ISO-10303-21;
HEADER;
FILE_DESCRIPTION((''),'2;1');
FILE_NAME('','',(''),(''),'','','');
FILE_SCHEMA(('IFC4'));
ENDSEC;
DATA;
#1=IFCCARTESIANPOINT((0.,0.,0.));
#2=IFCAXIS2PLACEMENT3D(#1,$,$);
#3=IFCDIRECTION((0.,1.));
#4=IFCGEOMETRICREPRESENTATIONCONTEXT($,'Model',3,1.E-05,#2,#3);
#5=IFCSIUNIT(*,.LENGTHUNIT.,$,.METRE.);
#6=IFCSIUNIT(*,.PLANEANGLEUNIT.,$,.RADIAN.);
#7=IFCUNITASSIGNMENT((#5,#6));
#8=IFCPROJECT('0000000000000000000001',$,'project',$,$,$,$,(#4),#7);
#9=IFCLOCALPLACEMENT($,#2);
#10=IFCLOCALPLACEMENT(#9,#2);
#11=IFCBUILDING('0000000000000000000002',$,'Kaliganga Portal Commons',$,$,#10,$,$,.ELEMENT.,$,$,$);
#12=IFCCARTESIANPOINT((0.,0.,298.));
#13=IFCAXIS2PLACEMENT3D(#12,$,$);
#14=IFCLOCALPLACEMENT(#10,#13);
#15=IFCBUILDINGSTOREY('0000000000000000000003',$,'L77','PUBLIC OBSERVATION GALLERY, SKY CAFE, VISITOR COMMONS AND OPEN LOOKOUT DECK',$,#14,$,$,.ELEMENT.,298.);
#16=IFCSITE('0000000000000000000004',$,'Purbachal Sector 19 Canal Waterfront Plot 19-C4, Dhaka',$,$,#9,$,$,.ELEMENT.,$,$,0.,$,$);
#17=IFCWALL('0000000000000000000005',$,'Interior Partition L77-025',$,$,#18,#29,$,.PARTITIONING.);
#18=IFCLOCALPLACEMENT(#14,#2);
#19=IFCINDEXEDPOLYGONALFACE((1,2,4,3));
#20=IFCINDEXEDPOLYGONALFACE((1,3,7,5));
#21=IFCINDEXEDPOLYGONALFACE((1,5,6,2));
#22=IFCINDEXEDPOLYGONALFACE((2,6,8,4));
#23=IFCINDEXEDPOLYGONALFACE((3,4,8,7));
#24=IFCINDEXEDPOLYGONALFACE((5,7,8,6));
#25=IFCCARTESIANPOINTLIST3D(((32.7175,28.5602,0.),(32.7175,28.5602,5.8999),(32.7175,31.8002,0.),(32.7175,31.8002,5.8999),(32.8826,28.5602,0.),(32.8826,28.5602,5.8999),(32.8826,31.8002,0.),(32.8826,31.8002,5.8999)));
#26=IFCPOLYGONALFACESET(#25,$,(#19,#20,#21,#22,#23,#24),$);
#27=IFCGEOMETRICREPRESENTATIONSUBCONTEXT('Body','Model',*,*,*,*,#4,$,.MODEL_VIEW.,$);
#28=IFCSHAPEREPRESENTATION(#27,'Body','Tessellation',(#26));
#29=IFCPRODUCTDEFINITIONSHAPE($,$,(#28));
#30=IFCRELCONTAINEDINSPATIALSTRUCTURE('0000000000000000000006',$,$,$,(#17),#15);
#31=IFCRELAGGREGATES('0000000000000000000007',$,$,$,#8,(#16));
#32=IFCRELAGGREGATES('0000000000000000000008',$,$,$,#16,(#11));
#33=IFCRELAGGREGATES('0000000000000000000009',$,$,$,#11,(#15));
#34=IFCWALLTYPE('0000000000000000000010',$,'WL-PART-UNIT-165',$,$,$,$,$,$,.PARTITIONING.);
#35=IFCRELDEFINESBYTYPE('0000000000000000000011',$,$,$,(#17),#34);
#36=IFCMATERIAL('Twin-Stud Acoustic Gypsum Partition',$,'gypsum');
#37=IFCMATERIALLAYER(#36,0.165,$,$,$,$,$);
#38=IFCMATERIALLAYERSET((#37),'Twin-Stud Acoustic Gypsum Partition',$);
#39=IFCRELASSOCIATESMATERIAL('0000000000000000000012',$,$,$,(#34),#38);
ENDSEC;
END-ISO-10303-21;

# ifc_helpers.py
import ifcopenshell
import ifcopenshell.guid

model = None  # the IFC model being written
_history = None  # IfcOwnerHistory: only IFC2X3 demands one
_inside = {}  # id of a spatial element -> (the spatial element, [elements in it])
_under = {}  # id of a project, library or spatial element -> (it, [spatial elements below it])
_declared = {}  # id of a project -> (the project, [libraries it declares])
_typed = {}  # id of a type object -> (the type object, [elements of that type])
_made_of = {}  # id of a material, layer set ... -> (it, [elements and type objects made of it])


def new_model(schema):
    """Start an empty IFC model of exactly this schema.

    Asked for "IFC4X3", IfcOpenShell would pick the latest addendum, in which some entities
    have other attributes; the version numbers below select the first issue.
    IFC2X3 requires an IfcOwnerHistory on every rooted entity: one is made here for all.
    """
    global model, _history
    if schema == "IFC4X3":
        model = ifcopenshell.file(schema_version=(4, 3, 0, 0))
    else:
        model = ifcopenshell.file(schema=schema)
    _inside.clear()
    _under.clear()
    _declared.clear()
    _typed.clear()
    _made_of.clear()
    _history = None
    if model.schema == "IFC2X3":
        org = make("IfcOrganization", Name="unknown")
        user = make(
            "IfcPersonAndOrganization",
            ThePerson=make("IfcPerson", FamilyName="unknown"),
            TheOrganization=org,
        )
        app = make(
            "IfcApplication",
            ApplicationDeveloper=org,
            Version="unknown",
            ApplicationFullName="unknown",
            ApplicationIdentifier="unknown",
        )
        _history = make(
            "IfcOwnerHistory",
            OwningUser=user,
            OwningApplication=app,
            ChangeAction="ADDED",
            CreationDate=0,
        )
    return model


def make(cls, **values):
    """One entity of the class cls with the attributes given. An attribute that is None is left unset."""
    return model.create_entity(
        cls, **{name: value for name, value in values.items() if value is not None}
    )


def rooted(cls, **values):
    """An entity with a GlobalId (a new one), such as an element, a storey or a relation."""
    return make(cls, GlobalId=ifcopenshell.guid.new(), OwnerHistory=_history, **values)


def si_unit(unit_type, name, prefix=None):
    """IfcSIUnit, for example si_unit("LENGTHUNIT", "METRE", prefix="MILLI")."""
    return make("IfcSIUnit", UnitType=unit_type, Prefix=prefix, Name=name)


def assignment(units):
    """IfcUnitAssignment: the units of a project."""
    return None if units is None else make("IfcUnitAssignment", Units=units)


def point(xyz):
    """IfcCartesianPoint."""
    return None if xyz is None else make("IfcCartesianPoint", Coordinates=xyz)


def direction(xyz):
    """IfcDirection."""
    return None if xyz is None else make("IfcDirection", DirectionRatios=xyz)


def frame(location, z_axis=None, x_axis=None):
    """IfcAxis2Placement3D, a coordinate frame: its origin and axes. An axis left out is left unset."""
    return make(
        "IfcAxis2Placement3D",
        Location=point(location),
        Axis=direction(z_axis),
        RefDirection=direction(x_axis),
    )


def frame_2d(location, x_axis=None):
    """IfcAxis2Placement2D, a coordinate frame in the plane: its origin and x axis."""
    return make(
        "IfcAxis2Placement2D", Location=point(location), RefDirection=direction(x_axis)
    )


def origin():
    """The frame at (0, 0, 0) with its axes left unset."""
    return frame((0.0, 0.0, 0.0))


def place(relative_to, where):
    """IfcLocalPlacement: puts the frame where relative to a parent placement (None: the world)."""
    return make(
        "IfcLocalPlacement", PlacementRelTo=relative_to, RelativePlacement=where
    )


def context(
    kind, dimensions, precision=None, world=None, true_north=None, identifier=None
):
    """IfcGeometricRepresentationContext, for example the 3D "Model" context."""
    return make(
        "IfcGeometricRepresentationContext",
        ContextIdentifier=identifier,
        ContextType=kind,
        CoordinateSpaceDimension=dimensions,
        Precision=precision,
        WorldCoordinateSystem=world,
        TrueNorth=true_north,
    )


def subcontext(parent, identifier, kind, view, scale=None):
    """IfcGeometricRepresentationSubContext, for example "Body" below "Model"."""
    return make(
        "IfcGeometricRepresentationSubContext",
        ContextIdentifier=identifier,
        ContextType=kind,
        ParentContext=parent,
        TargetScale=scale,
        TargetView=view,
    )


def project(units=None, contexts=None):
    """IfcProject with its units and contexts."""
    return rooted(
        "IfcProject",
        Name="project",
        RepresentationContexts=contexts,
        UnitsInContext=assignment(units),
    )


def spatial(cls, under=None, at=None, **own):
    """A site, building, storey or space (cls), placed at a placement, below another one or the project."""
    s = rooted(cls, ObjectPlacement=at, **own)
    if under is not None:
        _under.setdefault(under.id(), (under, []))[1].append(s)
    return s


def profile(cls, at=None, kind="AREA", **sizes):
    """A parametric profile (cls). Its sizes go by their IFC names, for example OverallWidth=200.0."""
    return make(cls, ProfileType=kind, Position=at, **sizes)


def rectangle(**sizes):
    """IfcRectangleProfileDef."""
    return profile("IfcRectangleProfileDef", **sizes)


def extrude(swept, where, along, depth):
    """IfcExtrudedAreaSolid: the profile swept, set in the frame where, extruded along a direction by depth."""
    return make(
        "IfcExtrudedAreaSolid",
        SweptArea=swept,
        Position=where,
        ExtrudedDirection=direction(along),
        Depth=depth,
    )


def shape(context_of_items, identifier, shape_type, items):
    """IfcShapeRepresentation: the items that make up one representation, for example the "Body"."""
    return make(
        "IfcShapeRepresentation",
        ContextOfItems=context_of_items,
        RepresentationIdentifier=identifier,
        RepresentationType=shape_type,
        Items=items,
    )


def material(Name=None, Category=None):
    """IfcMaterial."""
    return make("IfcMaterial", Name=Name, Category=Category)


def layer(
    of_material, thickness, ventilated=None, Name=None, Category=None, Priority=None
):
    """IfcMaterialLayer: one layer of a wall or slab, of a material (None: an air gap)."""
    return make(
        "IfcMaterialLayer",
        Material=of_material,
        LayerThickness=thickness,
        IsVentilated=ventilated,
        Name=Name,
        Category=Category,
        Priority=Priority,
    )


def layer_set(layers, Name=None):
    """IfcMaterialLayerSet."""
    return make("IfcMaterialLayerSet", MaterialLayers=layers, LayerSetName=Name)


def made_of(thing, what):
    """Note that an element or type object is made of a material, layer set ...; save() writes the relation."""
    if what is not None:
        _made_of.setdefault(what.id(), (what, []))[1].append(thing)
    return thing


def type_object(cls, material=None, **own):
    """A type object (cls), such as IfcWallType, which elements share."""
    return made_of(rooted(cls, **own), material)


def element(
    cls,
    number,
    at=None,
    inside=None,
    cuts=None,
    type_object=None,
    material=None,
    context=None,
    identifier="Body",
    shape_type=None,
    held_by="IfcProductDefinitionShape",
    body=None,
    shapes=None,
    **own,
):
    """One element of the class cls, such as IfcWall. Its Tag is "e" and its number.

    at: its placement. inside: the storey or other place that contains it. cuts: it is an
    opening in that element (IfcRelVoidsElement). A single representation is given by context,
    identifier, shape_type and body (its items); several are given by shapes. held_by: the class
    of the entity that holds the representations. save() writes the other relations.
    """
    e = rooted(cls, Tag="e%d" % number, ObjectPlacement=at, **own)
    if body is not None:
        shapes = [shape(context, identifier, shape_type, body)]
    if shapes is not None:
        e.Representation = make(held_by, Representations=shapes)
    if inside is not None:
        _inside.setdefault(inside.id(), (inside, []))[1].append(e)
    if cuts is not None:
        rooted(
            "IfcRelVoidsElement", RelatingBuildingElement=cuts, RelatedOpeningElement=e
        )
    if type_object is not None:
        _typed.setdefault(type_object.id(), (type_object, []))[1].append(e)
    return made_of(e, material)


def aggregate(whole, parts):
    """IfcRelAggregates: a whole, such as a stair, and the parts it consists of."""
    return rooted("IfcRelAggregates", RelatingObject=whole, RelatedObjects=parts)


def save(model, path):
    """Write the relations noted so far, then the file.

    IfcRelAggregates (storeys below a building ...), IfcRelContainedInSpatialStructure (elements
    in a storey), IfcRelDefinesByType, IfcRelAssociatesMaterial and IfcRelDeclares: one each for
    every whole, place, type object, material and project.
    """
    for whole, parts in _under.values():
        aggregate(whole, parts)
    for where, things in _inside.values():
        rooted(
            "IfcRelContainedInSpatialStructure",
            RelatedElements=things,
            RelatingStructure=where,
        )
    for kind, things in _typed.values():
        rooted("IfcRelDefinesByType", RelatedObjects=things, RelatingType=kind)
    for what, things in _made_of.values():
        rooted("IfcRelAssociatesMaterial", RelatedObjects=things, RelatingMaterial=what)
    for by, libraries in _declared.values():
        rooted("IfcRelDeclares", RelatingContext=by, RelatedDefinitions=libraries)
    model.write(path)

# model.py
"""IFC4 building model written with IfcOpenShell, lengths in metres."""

from ifc_helpers import new_model, si_unit, direction, frame, frame_2d, origin, place, context, subcontext, project, spatial, rectangle, extrude, material, layer, layer_set, type_object, element, save


model = new_model("IFC4")

# Units and contexts
model_context = context("Model", 3, precision=1e-05, world=origin(), true_north=direction((0.0, 1.0)))
body_context = subcontext(model_context, "Body", "Model", "MODEL_VIEW")
ifc_project = project(units=[si_unit("LENGTHUNIT", "METRE"), si_unit("PLANEANGLEUNIT", "RADIAN")], contexts=[model_context])

# Site, building, storey
site_placement = place(None, origin())
site = spatial("IfcSite", under=ifc_project, at=site_placement, Name="Purbachal Sector 19 Canal Waterfront Plot 19-C4, Dhaka", CompositionType="ELEMENT", RefElevation=0.0)
building_placement = place(site_placement, origin())
building = spatial("IfcBuilding", under=site, at=building_placement, Name="Kaliganga Portal Commons", CompositionType="ELEMENT")
storey_placement = place(building_placement, frame((0.0, 0.0, 298.0)))
storey = spatial("IfcBuildingStorey", under=building, at=storey_placement, Name="L77", Description="PUBLIC OBSERVATION GALLERY, SKY CAFE, VISITOR COMMONS AND OPEN LOOKOUT DECK", CompositionType="ELEMENT", Elevation=298.0)

# Wall
ifc_material_1 = material(Name="Twin-Stud Acoustic Gypsum Partition", Category="gypsum")
ifc_layer_1 = layer(ifc_material_1, 0.165)
ifc_layer_set_1 = layer_set([ifc_layer_1], Name="Twin-Stud Acoustic Gypsum Partition")
wall_type_1 = type_object("IfcWallType", Name="WL-PART-UNIT-165", PredefinedType="PARTITIONING", material=ifc_layer_set_1)
wall_1_placement = place(storey_placement, frame((32.8, 28.5601, 0.0), z_axis=(0.0, 0.0, 1.0), x_axis=(0.0, 1.0, 0.0)))
element("IfcWall", 1, at=wall_1_placement, inside=storey, type_object=wall_type_1, Name="Interior Partition L77-025", PredefinedType="PARTITIONING", context=body_context, shape_type="SweptSolid", body=[
    extrude(rectangle(XDim=3.24, YDim=0.165, at=frame_2d((1.6201, 0.0))), origin(), (0.0, 0.0, 1.0), 5.8999),
])

save(model, "model.ifc")
